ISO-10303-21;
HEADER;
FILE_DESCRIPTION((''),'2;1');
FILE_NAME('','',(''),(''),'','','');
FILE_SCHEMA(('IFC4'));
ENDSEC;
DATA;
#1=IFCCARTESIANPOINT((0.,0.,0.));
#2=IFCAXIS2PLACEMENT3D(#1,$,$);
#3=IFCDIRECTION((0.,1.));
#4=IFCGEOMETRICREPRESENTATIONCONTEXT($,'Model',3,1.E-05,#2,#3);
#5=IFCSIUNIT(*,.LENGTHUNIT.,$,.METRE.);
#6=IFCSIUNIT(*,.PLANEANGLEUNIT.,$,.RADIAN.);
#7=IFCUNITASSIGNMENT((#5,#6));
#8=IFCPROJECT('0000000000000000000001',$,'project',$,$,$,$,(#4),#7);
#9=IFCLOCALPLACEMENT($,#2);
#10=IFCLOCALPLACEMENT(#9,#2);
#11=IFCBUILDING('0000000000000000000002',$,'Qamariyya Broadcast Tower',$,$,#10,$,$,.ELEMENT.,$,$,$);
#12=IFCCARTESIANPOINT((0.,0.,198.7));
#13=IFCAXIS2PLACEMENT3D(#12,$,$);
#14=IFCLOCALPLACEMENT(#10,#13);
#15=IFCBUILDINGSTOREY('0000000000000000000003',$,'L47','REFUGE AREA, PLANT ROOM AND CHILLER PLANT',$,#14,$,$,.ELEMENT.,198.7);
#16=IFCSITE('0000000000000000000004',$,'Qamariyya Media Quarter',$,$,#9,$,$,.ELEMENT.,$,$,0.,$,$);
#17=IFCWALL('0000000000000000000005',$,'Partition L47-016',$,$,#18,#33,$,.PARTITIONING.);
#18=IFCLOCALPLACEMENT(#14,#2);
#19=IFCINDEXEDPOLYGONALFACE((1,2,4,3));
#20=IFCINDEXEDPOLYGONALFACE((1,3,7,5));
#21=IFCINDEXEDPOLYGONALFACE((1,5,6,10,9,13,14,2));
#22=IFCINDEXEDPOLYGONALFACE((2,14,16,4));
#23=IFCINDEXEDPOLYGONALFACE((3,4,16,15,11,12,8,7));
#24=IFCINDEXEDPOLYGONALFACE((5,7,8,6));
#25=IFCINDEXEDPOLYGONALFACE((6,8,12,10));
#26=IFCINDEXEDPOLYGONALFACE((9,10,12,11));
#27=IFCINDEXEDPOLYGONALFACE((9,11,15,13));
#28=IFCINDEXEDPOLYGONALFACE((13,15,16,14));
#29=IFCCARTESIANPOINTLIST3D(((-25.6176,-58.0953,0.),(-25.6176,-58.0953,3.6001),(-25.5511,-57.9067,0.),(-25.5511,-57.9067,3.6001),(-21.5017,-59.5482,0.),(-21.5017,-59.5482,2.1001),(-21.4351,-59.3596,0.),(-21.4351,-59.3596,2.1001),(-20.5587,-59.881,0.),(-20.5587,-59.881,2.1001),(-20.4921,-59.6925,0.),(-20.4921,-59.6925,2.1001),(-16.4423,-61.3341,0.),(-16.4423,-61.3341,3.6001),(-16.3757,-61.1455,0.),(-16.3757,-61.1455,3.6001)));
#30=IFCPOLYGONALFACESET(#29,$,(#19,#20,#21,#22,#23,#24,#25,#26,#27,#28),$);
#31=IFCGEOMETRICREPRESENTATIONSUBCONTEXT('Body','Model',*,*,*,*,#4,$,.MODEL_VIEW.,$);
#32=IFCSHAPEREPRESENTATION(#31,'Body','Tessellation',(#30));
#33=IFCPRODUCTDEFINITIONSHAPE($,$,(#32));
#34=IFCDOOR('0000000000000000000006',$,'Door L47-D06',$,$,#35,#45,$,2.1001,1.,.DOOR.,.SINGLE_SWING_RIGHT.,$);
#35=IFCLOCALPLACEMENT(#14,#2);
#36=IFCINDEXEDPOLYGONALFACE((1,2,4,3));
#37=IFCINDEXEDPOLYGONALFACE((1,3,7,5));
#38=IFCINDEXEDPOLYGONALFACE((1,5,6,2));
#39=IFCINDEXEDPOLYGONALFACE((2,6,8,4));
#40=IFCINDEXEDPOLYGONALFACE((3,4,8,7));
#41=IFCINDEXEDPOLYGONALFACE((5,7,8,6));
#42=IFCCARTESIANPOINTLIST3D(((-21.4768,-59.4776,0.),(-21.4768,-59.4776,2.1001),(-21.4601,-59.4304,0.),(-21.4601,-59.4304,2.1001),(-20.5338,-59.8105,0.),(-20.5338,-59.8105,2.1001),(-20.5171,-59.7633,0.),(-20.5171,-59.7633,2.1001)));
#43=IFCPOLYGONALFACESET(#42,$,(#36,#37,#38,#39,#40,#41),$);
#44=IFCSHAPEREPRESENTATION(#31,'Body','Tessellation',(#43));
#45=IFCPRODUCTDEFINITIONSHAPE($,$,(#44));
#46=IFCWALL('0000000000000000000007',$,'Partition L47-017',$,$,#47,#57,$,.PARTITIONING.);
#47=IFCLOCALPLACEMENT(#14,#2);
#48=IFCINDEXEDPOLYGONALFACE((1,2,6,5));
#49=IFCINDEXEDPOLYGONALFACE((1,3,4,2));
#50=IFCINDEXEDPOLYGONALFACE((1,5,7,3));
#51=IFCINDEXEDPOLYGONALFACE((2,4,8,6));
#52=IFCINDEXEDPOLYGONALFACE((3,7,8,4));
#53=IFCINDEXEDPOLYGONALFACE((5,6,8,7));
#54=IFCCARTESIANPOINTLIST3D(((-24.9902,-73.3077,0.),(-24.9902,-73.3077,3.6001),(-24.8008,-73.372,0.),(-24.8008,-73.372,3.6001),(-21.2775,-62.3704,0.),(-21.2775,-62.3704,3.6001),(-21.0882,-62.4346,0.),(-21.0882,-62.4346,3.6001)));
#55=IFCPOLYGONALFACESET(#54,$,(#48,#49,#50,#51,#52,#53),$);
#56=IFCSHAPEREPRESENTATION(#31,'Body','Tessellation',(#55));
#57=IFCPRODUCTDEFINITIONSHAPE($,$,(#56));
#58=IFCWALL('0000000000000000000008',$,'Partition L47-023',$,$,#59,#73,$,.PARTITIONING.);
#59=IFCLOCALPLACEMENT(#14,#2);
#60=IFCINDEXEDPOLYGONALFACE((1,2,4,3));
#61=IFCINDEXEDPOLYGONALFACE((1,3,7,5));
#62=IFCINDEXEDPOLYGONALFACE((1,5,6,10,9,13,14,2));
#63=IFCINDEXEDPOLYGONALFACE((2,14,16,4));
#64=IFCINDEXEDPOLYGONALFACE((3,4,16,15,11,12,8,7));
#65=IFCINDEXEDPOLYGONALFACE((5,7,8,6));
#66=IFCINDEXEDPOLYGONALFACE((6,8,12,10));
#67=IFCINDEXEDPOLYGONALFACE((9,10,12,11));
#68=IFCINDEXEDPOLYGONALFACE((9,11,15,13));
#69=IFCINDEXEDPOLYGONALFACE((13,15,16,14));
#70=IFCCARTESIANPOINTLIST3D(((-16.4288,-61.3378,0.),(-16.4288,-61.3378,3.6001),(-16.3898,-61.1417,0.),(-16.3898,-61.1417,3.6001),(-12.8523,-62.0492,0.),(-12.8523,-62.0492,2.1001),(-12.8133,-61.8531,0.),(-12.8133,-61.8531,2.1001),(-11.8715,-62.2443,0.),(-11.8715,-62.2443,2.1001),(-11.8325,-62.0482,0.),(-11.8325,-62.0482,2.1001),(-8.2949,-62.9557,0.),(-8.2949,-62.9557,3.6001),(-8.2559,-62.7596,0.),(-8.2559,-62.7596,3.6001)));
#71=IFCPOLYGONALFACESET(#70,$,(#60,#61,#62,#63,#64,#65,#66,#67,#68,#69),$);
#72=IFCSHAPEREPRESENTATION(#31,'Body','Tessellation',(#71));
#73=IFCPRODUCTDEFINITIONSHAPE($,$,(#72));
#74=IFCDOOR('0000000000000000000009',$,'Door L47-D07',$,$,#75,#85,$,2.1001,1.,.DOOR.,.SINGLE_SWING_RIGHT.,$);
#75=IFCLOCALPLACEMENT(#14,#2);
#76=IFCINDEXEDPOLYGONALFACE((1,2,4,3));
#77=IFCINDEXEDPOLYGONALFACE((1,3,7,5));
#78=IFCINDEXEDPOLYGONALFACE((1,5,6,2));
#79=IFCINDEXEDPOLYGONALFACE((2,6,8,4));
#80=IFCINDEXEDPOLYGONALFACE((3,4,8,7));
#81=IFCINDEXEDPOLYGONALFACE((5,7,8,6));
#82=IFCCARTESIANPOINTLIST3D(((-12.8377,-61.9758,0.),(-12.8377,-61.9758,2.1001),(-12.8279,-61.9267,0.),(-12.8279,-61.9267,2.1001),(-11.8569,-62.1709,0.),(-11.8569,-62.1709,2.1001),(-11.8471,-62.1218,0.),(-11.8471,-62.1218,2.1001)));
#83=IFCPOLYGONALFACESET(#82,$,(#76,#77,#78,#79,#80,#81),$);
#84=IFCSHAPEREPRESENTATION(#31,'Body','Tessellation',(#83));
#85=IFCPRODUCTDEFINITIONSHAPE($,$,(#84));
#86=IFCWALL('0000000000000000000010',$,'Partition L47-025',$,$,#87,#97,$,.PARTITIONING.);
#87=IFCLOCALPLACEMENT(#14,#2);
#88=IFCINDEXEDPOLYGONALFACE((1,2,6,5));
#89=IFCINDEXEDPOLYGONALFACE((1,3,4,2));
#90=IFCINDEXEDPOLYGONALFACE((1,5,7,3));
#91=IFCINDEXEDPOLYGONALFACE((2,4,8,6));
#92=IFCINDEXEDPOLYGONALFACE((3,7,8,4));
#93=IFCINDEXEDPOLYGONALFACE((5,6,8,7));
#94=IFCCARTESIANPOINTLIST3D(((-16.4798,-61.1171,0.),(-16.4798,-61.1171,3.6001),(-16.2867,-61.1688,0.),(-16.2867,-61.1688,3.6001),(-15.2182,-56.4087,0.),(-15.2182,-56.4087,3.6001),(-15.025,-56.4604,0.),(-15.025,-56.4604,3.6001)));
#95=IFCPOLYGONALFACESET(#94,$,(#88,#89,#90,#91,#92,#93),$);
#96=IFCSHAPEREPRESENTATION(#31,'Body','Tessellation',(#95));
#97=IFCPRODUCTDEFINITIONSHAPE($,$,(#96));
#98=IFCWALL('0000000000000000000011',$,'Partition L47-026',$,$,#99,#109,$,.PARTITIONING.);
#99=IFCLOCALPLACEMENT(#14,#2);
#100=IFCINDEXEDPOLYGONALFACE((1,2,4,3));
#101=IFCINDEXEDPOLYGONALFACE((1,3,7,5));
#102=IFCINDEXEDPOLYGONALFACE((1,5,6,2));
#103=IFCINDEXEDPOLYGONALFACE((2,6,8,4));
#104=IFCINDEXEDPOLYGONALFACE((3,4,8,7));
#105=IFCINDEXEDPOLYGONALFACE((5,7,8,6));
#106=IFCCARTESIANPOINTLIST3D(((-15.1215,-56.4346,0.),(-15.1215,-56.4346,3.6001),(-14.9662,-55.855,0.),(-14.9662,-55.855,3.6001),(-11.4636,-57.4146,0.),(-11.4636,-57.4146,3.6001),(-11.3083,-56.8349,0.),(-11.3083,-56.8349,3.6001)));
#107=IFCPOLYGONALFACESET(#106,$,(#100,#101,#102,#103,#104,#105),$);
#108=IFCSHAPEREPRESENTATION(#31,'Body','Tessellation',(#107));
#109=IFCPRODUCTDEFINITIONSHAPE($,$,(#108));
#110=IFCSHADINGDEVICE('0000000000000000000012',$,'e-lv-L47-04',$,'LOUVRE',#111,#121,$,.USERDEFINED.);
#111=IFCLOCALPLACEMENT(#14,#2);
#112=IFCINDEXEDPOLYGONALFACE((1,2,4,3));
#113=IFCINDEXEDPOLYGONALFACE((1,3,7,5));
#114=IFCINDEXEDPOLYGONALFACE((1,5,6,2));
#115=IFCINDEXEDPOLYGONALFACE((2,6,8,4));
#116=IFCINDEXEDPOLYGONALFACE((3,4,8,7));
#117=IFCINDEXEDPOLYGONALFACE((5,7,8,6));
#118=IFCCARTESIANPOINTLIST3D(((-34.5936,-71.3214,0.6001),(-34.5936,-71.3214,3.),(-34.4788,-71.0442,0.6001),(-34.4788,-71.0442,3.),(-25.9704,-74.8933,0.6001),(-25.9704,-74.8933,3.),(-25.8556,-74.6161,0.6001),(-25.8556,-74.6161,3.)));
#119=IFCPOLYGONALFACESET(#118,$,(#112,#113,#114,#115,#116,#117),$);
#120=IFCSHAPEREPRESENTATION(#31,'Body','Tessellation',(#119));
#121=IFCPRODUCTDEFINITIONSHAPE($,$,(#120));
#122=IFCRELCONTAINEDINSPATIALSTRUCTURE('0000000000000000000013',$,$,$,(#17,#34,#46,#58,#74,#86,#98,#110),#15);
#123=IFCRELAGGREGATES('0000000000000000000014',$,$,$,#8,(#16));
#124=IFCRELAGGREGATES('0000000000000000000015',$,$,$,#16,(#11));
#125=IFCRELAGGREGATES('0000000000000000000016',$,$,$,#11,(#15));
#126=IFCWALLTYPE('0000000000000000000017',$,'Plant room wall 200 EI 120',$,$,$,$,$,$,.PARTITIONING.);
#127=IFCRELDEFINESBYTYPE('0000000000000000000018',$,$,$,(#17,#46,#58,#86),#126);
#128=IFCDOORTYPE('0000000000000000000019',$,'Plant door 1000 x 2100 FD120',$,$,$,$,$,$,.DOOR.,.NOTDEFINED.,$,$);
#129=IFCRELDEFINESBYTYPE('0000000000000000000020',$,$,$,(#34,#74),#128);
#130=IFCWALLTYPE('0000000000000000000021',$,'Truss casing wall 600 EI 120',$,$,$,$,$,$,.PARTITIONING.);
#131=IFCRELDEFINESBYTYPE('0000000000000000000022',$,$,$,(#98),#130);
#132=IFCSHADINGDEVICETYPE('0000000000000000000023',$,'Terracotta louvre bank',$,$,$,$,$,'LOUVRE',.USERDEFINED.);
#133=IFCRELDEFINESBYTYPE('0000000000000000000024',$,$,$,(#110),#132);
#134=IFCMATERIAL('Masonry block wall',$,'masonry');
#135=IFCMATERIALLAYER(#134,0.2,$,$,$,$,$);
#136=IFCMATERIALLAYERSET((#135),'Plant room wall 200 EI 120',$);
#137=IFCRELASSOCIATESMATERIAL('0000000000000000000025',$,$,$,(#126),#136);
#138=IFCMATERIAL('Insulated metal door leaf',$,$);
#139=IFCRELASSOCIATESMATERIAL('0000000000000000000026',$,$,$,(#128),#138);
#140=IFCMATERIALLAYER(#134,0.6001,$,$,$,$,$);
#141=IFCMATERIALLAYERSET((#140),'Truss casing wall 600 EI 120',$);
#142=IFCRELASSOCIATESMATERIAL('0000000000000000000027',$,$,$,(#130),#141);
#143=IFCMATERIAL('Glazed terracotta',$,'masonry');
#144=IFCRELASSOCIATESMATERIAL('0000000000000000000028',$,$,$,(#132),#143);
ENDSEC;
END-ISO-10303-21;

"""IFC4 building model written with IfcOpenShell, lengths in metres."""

from ifc_helpers import new_model, si_unit, direction, frame, frame_2d, origin, origin_2d, place, context, subcontext, project, spatial, rectangle, extrude, material, layer, layer_set, type_object, element, fill, save


model = new_model("IFC4")

# Units and contexts
model_context = context("Model", 3, precision=1e-05, world=origin(), true_north=direction((0.0, 1.0)))
body_context = subcontext(model_context, "Body", "Model", "MODEL_VIEW")
ifc_project = project(units=[si_unit("LENGTHUNIT", "METRE"), si_unit("PLANEANGLEUNIT", "RADIAN")], contexts=[model_context])

# Site, building, storey
site_placement = place(None, origin())
site = spatial("IfcSite", under=ifc_project, at=site_placement, Name="Qamariyya Media Quarter", CompositionType="ELEMENT", RefElevation=0.0)
building_placement = place(site_placement, origin())
building = spatial("IfcBuilding", under=site, at=building_placement, Name="Qamariyya Broadcast Tower", CompositionType="ELEMENT")
storey_placement = place(building_placement, frame((0.0, 0.0, 198.7)))
storey = spatial("IfcBuildingStorey", under=building, at=storey_placement, Name="L47", Description="REFUGE AREA, PLANT ROOM AND CHILLER PLANT", CompositionType="ELEMENT", Elevation=198.7)

# Shared definitions
ifc_material_1 = material(Name="Masonry block wall", Category="masonry")
ifc_layer_1 = layer(ifc_material_1, 0.2)
ifc_layer_set_1 = layer_set([ifc_layer_1], Name="Plant room wall 200 EI 120")
wall_type_1 = type_object("IfcWallType", Name="Plant room wall 200 EI 120", PredefinedType="PARTITIONING", material=ifc_layer_set_1)
ifc_material_2 = material(Name="Insulated metal door leaf")
door_type_1 = type_object("IfcDoorType", Name="Plant door 1000 x 2100 FD120", OperationType="NOTDEFINED", PredefinedType="DOOR", material=ifc_material_2)

# Wall, opening, door
wall_1_placement = place(storey_placement, frame((-25.5845, -58.001, 0.0), z_axis=(0.0, 0.0, 1.0), x_axis=(0.942976, -0.332859, 0.0)))
wall_1 = element("IfcWall", 1, at=wall_1_placement, inside=storey, type_object=wall_type_1, Name="Partition L47-016", PredefinedType="PARTITIONING", context=body_context, shape_type="SweptSolid", body=[
    extrude(rectangle(XDim=9.7302, YDim=0.2, at=frame_2d((4.8652, 0.0))), origin(), (0.0, 0.0, 1.0), 3.6001),
])
opening_1_placement = place(wall_1_placement, frame((4.365, 0.0, 0.0)))
opening_1 = element("IfcOpeningElement", 2, at=opening_1_placement, cuts=wall_1, PredefinedType="OPENING", context=body_context, shape_type="SweptSolid", body=[
    extrude(rectangle(XDim=1.0, YDim=2.1001, at=frame_2d((0.5, 1.05))), frame((0.0, 0.1099, 0.0), z_axis=(0.0, -1.0, 0.0), x_axis=(1.0, 0.0, 0.0)), (0.0, 0.0, 1.0), 0.22),
])
door_1_placement = place(opening_1_placement, origin())
door_1 = element("IfcDoor", 3, at=door_1_placement, inside=storey, type_object=door_type_1, Name="Door L47-D06", OperationType="SINGLE_SWING_RIGHT", OverallHeight=2.1001, OverallWidth=1.0, PredefinedType="DOOR", context=body_context, shape_type="SweptSolid", body=[
    extrude(rectangle(XDim=1.0, YDim=2.1001, at=frame_2d((0.5, 1.05))), frame((0.0, 0.0249, 0.0), z_axis=(0.0, -1.0, 0.0), x_axis=(1.0, 0.0, 0.0)), (0.0, 0.0, 1.0), 0.05),
])
fill(opening_1, door_1)

# Wall
wall_2_placement = place(storey_placement, frame((-24.8955, -73.3398, 0.0), z_axis=(0.0, 0.0, 1.0), x_axis=(0.321435, 0.946931, 0.0)))
element("IfcWall", 4, at=wall_2_placement, inside=storey, type_object=wall_type_1, Name="Partition L47-017", PredefinedType="PARTITIONING", context=body_context, shape_type="SweptSolid", body=[
    extrude(rectangle(XDim=11.5503, YDim=0.2, at=frame_2d((5.7751, 0.0))), origin(), (0.0, 0.0, 1.0), 3.6001),
])

# Wall, opening, door
wall_3_placement = place(storey_placement, frame((-16.4092, -61.2397, 0.0), z_axis=(0.0, 0.0, 1.0), x_axis=(0.980785, -0.195091, 0.0)))
wall_3 = element("IfcWall", 5, at=wall_3_placement, inside=storey, type_object=wall_type_1, Name="Partition L47-023", PredefinedType="PARTITIONING", context=body_context, shape_type="SweptSolid", body=[
    extrude(rectangle(XDim=8.2932, YDim=0.2, at=frame_2d((4.1465, 0.0))), origin(), (0.0, 0.0, 1.0), 3.6001),
])
opening_2_placement = place(wall_3_placement, frame((3.6465, 0.0, 0.0)))
opening_2 = element("IfcOpeningElement", 6, at=opening_2_placement, cuts=wall_3, PredefinedType="OPENING", context=body_context, shape_type="SweptSolid", body=[
    extrude(rectangle(XDim=1.0, YDim=2.1001, at=frame_2d((0.5, 1.05))), frame((0.0, 0.1099, 0.0), z_axis=(0.0, -1.0, 0.0), x_axis=(1.0, 0.0, 0.0)), (0.0, 0.0, 1.0), 0.22),
])
door_2_placement = place(opening_2_placement, origin())
door_2 = element("IfcDoor", 7, at=door_2_placement, inside=storey, type_object=door_type_1, Name="Door L47-D07", OperationType="SINGLE_SWING_RIGHT", OverallHeight=2.1001, OverallWidth=1.0, PredefinedType="DOOR", context=body_context, shape_type="SweptSolid", body=[
    extrude(rectangle(XDim=1.0, YDim=2.1001, at=frame_2d((0.5, 1.05))), frame((0.0, 0.0249, 0.0), z_axis=(0.0, -1.0, 0.0), x_axis=(1.0, 0.0, 0.0)), (0.0, 0.0, 1.0), 0.05),
])
fill(opening_2, door_2)

# Walls
wall_4_placement = place(storey_placement, frame((-15.1216, -56.4346, 0.0), z_axis=(0.0, 0.0, 1.0), x_axis=(-0.258835, -0.965922, 0.0)))
element("IfcWall", 8, at=wall_4_placement, inside=storey, type_object=wall_type_1, Name="Partition L47-025", PredefinedType="PARTITIONING", context=body_context, shape_type="SweptSolid", body=[
    extrude(rectangle(XDim=4.8745, YDim=0.2, at=frame_2d((2.4373, 0.0))), origin(), (0.0, 0.0, 1.0), 3.6001),
])
ifc_layer_2 = layer(ifc_material_1, 0.6001)
ifc_layer_set_2 = layer_set([ifc_layer_2], Name="Truss casing wall 600 EI 120")
wall_type_2 = type_object("IfcWallType", Name="Truss casing wall 600 EI 120", PredefinedType="PARTITIONING", material=ifc_layer_set_2)
wall_5_placement = place(storey_placement, frame((-15.0439, -56.1448, 0.0), z_axis=(0.0, 0.0, 1.0), x_axis=(0.965937, -0.258778, 0.0)))
element("IfcWall", 9, at=wall_5_placement, inside=storey, type_object=wall_type_2, Name="Partition L47-026", PredefinedType="PARTITIONING", context=body_context, shape_type="SweptSolid", body=[
    extrude(rectangle(XDim=3.7869, YDim=0.6001, at=frame_2d((1.8936, 0.0))), origin(), (0.0, 0.0, 1.0), 3.6001),
])

# Shading device
ifc_material_3 = material(Name="Glazed terracotta", Category="masonry")
shading_device_type = type_object("IfcShadingDeviceType", Name="Terracotta louvre bank", ElementType="LOUVRE", PredefinedType="USERDEFINED", material=ifc_material_3)
shading_device_placement = place(storey_placement, frame((-30.2246, -72.9688, 0.6001), z_axis=(0.0, 0.0, 1.0), x_axis=(0.92388, -0.382683, 0.0)))
element("IfcShadingDevice", 10, at=shading_device_placement, inside=storey, type_object=shading_device_type, Name="e-lv-L47-04", ObjectType="LOUVRE", PredefinedType="USERDEFINED", context=body_context, shape_type="SweptSolid", body=[
    extrude(rectangle(XDim=9.3337, YDim=0.3, at=origin_2d()), origin(), (0.0, 0.0, 1.0), 2.3999),
])

save(model, "model.ifc")
